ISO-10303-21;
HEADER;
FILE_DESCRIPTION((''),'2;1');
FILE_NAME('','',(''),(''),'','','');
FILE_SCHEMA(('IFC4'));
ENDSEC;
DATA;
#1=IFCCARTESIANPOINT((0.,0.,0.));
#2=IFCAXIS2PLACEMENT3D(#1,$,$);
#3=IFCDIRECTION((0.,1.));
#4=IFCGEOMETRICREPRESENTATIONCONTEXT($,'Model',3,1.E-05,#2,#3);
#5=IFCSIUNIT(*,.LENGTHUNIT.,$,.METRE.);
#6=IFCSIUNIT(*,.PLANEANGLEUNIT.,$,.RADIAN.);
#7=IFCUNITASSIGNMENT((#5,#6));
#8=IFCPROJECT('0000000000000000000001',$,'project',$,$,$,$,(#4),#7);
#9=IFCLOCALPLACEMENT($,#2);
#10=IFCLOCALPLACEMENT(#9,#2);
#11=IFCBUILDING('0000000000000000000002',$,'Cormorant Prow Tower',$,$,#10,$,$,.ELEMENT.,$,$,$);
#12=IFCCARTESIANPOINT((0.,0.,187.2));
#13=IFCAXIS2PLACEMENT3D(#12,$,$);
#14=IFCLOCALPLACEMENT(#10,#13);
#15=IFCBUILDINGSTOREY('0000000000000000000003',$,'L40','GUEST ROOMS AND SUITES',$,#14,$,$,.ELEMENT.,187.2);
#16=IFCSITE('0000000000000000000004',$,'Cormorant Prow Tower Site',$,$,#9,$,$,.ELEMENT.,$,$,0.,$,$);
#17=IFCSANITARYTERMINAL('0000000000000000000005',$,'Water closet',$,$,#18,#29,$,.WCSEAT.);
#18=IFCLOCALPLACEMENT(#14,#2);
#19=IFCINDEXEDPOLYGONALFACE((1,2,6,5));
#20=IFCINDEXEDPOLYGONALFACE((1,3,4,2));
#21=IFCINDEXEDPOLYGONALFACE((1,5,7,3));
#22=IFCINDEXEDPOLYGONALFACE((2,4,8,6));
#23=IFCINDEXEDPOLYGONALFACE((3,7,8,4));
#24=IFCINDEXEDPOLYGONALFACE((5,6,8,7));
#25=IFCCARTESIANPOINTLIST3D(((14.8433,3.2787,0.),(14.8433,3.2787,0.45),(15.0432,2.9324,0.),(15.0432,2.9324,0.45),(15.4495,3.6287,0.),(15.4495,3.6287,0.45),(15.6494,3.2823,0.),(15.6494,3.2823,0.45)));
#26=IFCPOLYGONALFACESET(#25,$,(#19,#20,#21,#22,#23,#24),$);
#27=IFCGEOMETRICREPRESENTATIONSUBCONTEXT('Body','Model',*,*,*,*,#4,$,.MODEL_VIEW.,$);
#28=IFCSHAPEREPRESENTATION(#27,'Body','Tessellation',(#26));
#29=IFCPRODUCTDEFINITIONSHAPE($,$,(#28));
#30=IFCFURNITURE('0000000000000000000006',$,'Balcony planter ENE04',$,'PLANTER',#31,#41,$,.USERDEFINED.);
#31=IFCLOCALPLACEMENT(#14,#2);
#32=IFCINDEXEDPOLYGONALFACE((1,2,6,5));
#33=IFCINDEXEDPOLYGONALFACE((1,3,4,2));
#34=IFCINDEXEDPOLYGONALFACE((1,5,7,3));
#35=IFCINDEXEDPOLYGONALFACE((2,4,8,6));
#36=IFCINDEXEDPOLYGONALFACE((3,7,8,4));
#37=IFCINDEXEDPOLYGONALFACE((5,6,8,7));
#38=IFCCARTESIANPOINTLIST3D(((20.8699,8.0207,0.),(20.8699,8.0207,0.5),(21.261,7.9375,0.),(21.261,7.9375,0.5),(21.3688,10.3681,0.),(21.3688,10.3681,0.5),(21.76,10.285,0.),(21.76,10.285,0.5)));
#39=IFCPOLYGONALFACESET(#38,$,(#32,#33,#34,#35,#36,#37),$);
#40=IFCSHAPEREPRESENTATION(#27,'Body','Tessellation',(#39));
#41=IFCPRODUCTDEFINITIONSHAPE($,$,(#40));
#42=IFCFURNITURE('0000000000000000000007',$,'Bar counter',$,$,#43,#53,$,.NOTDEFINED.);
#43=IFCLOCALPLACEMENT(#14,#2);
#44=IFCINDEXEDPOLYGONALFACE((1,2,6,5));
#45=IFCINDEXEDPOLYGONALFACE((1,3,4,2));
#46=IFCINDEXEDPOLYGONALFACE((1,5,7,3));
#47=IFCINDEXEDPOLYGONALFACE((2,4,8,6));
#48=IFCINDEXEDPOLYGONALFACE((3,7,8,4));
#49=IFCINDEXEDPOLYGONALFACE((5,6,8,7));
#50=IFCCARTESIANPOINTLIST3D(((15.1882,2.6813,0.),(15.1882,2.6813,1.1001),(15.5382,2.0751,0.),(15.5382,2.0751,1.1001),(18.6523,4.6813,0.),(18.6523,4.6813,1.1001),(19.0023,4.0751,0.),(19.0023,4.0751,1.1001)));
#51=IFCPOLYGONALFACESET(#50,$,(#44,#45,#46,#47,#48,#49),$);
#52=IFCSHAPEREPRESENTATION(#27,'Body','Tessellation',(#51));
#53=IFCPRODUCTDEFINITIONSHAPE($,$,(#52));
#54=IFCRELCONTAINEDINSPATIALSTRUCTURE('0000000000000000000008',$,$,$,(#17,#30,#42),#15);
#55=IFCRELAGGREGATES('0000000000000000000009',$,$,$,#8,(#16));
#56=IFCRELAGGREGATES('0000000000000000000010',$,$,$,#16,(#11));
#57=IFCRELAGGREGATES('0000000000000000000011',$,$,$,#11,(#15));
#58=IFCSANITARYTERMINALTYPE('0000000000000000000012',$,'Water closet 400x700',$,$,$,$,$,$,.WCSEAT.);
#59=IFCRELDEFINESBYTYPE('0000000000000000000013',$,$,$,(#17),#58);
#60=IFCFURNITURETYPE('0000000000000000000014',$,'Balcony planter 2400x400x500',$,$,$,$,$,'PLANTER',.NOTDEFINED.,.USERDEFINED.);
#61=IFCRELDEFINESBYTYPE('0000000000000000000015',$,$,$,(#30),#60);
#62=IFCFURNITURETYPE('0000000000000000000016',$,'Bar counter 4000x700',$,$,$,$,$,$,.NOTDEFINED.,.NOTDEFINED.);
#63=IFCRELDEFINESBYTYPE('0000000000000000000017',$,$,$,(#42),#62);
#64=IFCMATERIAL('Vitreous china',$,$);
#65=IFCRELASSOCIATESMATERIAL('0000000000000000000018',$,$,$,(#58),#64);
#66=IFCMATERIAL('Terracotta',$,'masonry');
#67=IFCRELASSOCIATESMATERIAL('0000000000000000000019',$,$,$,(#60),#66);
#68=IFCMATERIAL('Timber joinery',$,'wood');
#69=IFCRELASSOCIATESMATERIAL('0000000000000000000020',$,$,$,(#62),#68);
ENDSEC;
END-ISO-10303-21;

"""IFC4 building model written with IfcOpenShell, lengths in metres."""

from ifc_helpers import new_model, si_unit, direction, frame, origin, origin_2d, place, context, subcontext, project, spatial, rectangle, extrude, material, type_object, element, save


model = new_model("IFC4")

# Units and contexts
model_context = context("Model", 3, precision=1e-05, world=origin(), true_north=direction((0.0, 1.0)))
body_context = subcontext(model_context, "Body", "Model", "MODEL_VIEW")
ifc_project = project(units=[si_unit("LENGTHUNIT", "METRE"), si_unit("PLANEANGLEUNIT", "RADIAN")], contexts=[model_context])

# Site, building, storey
site_placement = place(None, origin())
site = spatial("IfcSite", under=ifc_project, at=site_placement, Name="Cormorant Prow Tower Site", CompositionType="ELEMENT", RefElevation=0.0)
building_placement = place(site_placement, origin())
building = spatial("IfcBuilding", under=site, at=building_placement, Name="Cormorant Prow Tower", CompositionType="ELEMENT")
storey_placement = place(building_placement, frame((0.0, 0.0, 187.2)))
storey = spatial("IfcBuildingStorey", under=building, at=storey_placement, Name="L40", Description="GUEST ROOMS AND SUITES", CompositionType="ELEMENT", Elevation=187.2)

# Sanitary terminal
ifc_material_1 = material(Name="Vitreous china")
sanitary_terminal_type_1 = type_object("IfcSanitaryTerminalType", Name="Water closet 400x700", PredefinedType="WCSEAT", material=ifc_material_1)
sanitary_terminal_1_placement = place(storey_placement, frame((15.2463, 3.2805, 0.0), z_axis=(0.0, 0.0, 1.0), x_axis=(-0.5, 0.866025, 0.0)))
element("IfcSanitaryTerminal", 1, at=sanitary_terminal_1_placement, inside=storey, type_object=sanitary_terminal_type_1, Name="Water closet", PredefinedType="WCSEAT", context=body_context, shape_type="SweptSolid", body=[
    extrude(rectangle(XDim=0.3999, YDim=0.7, at=origin_2d()), origin(), (0.0, 0.0, 1.0), 0.45),
])

# Furniture
ifc_material_2 = material(Name="Terracotta", Category="masonry")
furniture_type_1 = type_object("IfcFurnitureType", Name="Balcony planter 2400x400x500", ElementType="PLANTER", AssemblyPlace="NOTDEFINED", PredefinedType="USERDEFINED", material=ifc_material_2)
furniture_1_placement = place(storey_placement, frame((21.3149, 9.1528, 0.0), z_axis=(0.0, 0.0, 1.0), x_axis=(0.207912, 0.978148, 0.0)))
element("IfcFurniture", 2, at=furniture_1_placement, inside=storey, type_object=furniture_type_1, Name="Balcony planter ENE04", ObjectType="PLANTER", PredefinedType="USERDEFINED", context=body_context, shape_type="SweptSolid", body=[
    extrude(rectangle(XDim=2.3999, YDim=0.3999, at=origin_2d()), origin(), (0.0, 0.0, 1.0), 0.5),
])
ifc_material_3 = material(Name="Timber joinery", Category="wood")
furniture_type_2 = type_object("IfcFurnitureType", Name="Bar counter 4000x700", AssemblyPlace="NOTDEFINED", PredefinedType="NOTDEFINED", material=ifc_material_3)
furniture_2_placement = place(storey_placement, frame((17.0952, 3.3782, 0.0), z_axis=(0.0, 0.0, 1.0), x_axis=(0.866025, 0.5, 0.0)))
element("IfcFurniture", 3, at=furniture_2_placement, inside=storey, type_object=furniture_type_2, Name="Bar counter", PredefinedType="NOTDEFINED", context=body_context, shape_type="SweptSolid", body=[
    extrude(rectangle(XDim=4.0, YDim=0.7, at=origin_2d()), origin(), (0.0, 0.0, 1.0), 1.1001),
])

save(model, "model.ifc")
